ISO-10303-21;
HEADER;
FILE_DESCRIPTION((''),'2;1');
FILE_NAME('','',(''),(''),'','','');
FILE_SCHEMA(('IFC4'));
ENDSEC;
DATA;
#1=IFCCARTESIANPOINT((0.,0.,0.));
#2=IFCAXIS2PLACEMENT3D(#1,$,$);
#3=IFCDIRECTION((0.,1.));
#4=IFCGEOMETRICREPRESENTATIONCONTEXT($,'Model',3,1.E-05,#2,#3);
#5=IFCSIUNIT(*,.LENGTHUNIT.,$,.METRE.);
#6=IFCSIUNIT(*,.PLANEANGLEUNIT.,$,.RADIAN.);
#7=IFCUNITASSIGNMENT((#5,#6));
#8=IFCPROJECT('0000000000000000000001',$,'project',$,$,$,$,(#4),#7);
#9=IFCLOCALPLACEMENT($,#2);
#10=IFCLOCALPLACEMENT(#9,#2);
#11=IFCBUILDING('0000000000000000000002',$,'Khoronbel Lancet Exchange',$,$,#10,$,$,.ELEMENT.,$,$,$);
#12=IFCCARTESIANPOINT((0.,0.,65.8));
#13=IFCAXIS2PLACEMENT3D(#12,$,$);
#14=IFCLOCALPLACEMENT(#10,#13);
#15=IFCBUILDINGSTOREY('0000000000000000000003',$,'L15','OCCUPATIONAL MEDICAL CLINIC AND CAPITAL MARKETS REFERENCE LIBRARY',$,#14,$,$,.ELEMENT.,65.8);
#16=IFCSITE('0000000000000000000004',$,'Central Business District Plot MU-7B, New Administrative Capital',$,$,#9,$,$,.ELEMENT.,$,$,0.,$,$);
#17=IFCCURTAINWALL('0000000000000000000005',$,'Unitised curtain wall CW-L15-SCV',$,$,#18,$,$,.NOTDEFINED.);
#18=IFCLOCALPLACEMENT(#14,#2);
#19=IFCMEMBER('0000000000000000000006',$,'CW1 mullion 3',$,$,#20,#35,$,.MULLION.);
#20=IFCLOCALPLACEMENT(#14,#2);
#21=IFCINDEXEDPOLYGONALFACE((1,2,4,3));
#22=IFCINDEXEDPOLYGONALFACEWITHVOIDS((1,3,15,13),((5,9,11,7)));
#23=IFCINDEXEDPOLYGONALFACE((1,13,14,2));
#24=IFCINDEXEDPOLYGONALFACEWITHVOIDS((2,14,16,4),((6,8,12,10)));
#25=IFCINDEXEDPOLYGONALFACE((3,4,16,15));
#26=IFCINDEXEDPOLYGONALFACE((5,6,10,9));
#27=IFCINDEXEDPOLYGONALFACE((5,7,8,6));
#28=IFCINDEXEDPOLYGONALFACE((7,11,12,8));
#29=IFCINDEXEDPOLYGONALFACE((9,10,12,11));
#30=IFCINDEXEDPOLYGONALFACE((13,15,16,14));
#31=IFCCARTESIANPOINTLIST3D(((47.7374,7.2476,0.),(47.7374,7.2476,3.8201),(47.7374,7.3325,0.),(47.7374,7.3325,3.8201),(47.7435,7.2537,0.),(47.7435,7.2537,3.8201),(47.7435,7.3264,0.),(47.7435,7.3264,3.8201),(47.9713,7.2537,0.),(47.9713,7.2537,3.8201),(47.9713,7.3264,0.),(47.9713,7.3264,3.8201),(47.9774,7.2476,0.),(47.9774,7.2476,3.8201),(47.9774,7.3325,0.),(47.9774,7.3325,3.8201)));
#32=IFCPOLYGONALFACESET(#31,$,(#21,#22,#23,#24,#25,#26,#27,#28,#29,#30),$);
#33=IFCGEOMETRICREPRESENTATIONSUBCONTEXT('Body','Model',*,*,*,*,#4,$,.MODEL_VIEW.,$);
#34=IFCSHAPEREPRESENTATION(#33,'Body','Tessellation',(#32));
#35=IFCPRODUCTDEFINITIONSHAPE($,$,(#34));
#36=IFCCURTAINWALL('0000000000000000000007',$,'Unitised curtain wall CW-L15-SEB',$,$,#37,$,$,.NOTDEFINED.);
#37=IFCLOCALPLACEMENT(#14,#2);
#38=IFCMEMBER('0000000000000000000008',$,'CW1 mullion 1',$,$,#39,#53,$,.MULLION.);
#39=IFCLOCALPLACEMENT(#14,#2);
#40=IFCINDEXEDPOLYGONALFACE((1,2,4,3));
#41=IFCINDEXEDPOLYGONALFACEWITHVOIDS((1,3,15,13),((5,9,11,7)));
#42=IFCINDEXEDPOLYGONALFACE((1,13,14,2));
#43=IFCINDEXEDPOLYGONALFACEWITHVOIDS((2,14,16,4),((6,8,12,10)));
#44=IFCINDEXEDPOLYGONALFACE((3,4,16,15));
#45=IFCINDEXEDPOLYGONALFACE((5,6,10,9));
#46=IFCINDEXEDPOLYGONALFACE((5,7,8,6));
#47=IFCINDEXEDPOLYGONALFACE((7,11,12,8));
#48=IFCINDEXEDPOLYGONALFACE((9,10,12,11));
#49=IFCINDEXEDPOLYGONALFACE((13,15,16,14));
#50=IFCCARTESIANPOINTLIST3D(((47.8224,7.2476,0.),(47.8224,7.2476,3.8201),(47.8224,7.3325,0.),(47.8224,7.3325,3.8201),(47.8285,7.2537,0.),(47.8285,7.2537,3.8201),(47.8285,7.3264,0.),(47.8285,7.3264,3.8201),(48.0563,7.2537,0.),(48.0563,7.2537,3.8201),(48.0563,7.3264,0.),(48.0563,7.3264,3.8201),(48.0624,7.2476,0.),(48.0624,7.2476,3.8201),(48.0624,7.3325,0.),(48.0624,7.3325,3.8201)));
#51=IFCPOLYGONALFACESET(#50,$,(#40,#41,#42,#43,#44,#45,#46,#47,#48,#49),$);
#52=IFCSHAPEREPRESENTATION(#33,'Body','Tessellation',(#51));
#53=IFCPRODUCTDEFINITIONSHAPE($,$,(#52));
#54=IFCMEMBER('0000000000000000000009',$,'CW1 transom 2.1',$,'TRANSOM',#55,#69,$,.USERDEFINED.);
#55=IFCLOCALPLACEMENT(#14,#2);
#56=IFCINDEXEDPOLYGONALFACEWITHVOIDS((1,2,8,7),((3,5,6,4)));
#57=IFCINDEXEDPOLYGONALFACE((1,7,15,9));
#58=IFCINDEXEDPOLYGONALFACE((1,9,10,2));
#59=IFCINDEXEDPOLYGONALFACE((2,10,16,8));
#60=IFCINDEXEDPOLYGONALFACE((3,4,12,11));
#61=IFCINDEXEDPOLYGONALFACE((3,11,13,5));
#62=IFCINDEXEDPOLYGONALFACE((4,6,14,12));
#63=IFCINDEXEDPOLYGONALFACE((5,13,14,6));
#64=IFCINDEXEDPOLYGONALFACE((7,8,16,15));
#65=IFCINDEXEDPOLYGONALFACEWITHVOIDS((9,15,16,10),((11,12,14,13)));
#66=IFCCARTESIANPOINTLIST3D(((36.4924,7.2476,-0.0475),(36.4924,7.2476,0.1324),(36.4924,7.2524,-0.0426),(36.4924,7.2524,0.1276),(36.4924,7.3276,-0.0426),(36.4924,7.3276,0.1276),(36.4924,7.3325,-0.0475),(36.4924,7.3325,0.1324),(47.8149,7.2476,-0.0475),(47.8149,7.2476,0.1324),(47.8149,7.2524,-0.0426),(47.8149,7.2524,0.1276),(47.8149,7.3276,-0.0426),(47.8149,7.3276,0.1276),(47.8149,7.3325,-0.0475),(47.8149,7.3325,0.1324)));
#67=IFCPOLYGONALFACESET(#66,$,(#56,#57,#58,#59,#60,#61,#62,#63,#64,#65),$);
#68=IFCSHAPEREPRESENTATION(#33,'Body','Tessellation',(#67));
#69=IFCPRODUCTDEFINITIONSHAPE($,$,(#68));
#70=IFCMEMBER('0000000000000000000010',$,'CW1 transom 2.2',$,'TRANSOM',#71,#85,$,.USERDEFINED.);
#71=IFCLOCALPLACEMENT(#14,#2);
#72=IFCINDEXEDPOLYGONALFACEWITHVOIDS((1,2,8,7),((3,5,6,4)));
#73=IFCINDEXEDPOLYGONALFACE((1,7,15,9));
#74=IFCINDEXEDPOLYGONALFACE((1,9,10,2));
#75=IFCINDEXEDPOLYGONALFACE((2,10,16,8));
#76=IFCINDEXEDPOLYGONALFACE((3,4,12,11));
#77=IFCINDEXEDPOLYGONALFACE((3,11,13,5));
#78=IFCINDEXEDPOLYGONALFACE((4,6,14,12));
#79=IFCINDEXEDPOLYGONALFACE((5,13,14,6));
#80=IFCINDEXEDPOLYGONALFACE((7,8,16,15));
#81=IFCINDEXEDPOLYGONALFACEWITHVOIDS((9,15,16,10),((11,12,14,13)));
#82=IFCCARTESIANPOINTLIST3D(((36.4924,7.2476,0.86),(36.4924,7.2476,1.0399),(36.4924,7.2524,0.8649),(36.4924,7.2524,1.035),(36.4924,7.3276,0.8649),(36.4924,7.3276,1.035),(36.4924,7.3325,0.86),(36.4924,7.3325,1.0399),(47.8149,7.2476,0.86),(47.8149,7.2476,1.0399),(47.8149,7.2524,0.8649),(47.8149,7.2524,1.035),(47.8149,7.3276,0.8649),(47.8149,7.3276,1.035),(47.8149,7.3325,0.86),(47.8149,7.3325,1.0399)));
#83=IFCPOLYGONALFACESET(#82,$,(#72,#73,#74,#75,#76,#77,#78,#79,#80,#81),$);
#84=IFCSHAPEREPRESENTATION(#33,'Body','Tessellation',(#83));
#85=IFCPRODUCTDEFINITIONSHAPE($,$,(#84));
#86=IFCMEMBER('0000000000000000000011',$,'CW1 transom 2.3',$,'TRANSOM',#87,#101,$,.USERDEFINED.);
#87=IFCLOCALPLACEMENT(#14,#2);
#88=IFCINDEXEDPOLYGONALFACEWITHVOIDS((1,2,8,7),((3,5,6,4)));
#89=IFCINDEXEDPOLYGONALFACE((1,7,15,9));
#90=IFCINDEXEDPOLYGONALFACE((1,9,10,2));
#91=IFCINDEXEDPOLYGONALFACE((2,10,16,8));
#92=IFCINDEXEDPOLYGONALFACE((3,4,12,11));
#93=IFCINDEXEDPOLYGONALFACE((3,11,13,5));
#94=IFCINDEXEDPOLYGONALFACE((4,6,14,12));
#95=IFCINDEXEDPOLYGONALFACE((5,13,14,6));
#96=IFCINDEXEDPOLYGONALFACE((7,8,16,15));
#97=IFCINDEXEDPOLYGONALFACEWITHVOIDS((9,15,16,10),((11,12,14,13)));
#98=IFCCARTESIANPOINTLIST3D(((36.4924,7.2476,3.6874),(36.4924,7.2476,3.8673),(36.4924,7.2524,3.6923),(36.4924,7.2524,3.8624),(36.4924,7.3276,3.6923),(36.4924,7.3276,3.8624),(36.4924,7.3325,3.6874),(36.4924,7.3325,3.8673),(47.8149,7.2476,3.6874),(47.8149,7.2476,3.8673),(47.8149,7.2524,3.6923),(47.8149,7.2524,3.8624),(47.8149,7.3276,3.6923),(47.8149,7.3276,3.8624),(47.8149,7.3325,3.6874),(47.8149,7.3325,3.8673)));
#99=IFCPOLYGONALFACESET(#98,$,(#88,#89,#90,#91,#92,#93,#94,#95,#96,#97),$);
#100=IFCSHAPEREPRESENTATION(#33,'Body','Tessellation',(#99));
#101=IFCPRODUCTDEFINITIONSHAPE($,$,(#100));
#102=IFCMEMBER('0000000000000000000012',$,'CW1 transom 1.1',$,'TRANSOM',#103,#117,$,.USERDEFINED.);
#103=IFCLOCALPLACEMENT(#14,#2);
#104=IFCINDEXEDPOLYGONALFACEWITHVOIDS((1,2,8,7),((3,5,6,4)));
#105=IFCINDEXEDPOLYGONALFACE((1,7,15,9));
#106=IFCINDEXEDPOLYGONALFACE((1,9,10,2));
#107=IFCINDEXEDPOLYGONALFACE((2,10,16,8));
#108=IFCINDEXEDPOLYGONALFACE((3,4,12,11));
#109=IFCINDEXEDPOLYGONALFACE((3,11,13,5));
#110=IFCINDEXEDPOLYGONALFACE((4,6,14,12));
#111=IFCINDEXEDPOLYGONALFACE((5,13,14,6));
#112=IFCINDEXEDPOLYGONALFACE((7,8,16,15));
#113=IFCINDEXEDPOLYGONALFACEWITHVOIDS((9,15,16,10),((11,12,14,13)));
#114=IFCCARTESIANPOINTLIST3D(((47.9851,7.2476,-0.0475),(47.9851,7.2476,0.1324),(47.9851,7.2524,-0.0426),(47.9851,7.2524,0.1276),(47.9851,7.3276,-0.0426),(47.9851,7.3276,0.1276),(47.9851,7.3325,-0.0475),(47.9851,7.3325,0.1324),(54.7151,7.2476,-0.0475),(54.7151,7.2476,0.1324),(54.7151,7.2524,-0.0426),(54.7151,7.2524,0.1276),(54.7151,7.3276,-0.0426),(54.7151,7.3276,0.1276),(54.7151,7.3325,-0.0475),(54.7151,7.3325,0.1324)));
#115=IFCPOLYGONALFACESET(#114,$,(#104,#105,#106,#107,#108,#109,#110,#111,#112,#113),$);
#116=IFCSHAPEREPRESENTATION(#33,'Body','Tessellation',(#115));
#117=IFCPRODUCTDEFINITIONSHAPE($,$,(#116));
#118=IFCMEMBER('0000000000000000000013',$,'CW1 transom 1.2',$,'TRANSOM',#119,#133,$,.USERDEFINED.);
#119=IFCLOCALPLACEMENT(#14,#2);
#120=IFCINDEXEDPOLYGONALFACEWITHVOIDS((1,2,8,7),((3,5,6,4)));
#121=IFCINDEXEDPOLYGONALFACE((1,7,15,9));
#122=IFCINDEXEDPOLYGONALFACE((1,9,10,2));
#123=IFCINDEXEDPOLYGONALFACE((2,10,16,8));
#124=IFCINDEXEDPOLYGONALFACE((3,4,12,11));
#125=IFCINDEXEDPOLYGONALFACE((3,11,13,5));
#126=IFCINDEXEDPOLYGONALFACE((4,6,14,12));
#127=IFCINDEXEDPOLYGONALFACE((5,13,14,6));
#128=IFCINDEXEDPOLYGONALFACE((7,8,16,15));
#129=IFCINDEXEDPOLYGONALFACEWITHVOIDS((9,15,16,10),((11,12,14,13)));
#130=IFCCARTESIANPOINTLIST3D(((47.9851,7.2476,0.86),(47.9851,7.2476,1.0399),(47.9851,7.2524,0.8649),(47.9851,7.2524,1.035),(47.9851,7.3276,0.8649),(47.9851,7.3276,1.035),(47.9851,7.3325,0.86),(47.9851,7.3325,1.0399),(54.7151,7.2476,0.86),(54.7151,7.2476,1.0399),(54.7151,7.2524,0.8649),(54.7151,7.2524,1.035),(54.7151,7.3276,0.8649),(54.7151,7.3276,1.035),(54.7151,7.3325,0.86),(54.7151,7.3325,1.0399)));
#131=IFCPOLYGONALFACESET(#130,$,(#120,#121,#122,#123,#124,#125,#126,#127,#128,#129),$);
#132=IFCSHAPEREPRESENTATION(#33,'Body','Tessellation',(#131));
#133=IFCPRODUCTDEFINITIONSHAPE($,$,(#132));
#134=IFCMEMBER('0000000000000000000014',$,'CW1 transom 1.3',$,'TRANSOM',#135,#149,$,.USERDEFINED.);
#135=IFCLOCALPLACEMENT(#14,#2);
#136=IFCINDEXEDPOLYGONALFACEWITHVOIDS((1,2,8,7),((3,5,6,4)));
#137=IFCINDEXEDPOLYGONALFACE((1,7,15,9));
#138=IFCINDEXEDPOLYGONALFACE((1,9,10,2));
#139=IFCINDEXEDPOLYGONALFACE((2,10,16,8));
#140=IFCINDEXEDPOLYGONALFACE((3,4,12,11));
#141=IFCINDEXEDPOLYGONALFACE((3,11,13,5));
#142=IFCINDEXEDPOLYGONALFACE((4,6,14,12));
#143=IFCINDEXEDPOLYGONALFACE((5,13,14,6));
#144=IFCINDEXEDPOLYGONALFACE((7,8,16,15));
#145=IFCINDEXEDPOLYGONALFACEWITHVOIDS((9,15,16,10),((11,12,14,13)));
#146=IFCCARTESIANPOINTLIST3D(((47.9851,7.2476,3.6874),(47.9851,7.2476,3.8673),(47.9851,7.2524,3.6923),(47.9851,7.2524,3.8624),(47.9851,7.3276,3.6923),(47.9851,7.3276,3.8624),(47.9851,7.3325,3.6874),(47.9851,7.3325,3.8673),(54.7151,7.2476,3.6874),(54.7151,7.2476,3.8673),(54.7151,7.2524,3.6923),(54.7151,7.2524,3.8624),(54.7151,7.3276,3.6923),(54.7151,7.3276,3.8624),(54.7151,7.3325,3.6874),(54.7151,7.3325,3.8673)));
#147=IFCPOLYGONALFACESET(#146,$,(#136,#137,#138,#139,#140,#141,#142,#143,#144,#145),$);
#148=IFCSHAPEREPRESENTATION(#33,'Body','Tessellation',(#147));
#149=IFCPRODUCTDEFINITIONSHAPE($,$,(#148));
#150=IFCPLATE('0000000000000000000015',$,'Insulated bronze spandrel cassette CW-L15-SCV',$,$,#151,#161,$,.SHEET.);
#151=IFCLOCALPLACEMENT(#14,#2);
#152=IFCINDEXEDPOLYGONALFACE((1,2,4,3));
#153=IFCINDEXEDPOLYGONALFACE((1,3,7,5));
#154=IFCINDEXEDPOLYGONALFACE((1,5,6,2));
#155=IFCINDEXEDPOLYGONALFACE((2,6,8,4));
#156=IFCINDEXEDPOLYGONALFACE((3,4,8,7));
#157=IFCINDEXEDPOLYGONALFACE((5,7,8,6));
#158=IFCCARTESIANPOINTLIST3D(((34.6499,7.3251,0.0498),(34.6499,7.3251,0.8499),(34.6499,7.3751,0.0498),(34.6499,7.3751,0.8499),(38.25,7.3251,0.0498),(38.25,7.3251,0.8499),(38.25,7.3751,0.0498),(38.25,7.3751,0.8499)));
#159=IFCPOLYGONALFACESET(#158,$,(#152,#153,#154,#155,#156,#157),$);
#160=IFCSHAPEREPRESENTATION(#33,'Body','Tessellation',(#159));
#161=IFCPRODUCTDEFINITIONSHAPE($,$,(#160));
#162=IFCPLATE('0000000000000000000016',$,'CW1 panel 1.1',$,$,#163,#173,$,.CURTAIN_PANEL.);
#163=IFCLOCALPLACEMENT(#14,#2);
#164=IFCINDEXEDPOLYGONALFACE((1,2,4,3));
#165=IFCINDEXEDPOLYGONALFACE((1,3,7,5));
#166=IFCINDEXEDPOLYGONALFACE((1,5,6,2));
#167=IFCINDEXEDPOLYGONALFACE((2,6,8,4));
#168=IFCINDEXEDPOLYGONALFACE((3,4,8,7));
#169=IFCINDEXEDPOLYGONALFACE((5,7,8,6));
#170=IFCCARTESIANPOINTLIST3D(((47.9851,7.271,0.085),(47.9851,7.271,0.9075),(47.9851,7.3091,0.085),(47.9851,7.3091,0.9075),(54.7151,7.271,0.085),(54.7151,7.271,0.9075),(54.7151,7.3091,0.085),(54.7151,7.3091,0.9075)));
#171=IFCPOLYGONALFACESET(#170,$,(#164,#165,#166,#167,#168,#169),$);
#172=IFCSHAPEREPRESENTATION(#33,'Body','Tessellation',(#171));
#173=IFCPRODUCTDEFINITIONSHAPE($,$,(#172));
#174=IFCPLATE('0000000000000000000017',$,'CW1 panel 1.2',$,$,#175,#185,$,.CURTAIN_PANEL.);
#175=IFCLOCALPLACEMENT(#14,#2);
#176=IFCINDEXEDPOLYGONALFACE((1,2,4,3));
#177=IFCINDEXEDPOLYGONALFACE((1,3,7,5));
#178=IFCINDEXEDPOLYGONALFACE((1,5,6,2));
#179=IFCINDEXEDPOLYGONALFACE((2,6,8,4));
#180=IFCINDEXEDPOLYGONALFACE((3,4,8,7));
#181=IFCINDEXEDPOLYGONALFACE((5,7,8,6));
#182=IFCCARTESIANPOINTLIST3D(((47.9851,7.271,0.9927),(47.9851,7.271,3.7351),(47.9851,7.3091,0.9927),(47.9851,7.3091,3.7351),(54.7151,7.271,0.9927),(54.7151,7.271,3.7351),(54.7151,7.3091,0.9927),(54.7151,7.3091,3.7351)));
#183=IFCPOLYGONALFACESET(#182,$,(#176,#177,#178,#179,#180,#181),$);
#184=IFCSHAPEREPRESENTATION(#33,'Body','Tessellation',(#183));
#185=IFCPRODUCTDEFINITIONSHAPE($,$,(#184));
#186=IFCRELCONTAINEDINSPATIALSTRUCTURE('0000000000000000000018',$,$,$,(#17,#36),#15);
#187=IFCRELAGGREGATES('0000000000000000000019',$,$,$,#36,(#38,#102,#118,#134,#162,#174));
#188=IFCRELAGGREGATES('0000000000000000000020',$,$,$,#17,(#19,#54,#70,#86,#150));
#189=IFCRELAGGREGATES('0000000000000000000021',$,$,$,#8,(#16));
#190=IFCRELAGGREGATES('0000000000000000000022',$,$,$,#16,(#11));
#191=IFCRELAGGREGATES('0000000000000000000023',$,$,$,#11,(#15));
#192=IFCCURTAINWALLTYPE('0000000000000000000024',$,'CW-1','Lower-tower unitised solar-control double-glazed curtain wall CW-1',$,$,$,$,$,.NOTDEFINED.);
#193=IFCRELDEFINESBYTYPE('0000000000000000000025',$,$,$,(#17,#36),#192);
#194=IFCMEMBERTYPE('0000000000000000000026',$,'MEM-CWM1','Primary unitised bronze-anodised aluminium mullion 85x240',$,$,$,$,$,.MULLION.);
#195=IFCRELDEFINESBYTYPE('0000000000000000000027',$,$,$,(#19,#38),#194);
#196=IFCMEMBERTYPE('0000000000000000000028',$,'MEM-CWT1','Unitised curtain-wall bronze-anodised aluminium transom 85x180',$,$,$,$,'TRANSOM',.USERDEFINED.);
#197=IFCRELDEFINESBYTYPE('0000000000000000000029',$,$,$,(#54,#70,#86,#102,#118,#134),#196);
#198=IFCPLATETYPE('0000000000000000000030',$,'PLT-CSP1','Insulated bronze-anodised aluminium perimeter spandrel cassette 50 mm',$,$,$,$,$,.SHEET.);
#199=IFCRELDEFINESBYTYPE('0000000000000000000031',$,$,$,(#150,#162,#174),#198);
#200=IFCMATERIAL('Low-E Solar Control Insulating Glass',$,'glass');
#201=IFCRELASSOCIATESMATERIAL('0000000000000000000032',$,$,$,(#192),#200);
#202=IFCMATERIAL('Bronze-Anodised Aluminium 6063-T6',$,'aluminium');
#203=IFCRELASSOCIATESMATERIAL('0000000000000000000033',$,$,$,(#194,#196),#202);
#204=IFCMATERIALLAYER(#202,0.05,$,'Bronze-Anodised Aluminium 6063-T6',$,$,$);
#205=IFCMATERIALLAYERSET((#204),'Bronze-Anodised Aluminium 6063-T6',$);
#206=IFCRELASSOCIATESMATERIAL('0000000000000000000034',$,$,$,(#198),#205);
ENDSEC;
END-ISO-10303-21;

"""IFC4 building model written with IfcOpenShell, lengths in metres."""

from ifc_helpers import new_model, si_unit, direction, frame, origin, origin_2d, place, context, subcontext, project, spatial, rectangle, hollow_rectangle, extrude, material, layer, layer_set, material_profile, profile_set, type_object, element, aggregate, save


model = new_model("IFC4")

# Units and contexts
model_context = context("Model", 3, precision=1e-05, world=origin(), true_north=direction((0.0, 1.0)))
body_context = subcontext(model_context, "Body", "Model", "MODEL_VIEW")
ifc_project = project(units=[si_unit("LENGTHUNIT", "METRE"), si_unit("PLANEANGLEUNIT", "RADIAN")], contexts=[model_context])

# Site, building, storey
site_placement = place(None, origin())
site = spatial("IfcSite", under=ifc_project, at=site_placement, Name="Central Business District Plot MU-7B, New Administrative Capital", CompositionType="ELEMENT", RefElevation=0.0)
building_placement = place(site_placement, origin())
building = spatial("IfcBuilding", under=site, at=building_placement, Name="Khoronbel Lancet Exchange", CompositionType="ELEMENT")
storey_placement = place(building_placement, frame((0.0, 0.0, 65.8)))
storey = spatial("IfcBuildingStorey", under=building, at=storey_placement, Name="L15", Description="OCCUPATIONAL MEDICAL CLINIC AND CAPITAL MARKETS REFERENCE LIBRARY", CompositionType="ELEMENT", Elevation=65.8)

# Curtain wall, member
ifc_material_1 = material(Name="Low-E Solar Control Insulating Glass", Category="glass")
curtain_wall_type = type_object("IfcCurtainWallType", Name="CW-1", Description="Lower-tower unitised solar-control double-glazed curtain wall CW-1", PredefinedType="NOTDEFINED", material=ifc_material_1)
curtain_wall_1_placement = place(storey_placement, origin())
curtain_wall_1 = element("IfcCurtainWall", 1, at=curtain_wall_1_placement, inside=storey, type_object=curtain_wall_type, Name="Unitised curtain wall CW-L15-SCV", PredefinedType="NOTDEFINED")
ifc_material_2 = material(Name="Bronze-Anodised Aluminium 6063-T6", Category="aluminium")
ifc_material_profile_1 = material_profile(ifc_material_2, hollow_rectangle(XDim=0.085, YDim=0.24, WallThickness=0.0061, at=origin_2d()), Name="ALU MULLION 85x240")
ifc_profile_set_1 = profile_set([ifc_material_profile_1], Name="Bronze-Anodised Aluminium 6063-T6")
member_type_1 = type_object("IfcMemberType", Name="MEM-CWM1", Description="Primary unitised bronze-anodised aluminium mullion 85x240", PredefinedType="MULLION", material=ifc_profile_set_1)
member_1_placement = place(storey_placement, frame((47.8574, 7.29, 0.0), z_axis=(0.0, 0.0, 1.0), x_axis=(0.0, 1.0, 0.0)))
member_1 = element("IfcMember", 2, at=member_1_placement, type_object=member_type_1, Name="CW1 mullion 3", PredefinedType="MULLION", context=body_context, shape_type="SweptSolid", body=[
    extrude(hollow_rectangle(XDim=0.085, YDim=0.24, WallThickness=0.0061, at=origin_2d()), origin(), (0.0, 0.0, 1.0), 3.8201),
])

# Curtain wall, member
curtain_wall_2_placement = place(storey_placement, origin())
curtain_wall_2 = element("IfcCurtainWall", 3, at=curtain_wall_2_placement, inside=storey, type_object=curtain_wall_type, Name="Unitised curtain wall CW-L15-SEB", PredefinedType="NOTDEFINED")
member_2_placement = place(storey_placement, frame((47.9424, 7.29, 0.0), z_axis=(0.0, 0.0, 1.0), x_axis=(0.0, 1.0, 0.0)))
member_2 = element("IfcMember", 4, at=member_2_placement, type_object=member_type_1, Name="CW1 mullion 1", PredefinedType="MULLION", context=body_context, shape_type="SweptSolid", body=[
    extrude(hollow_rectangle(XDim=0.085, YDim=0.24, WallThickness=0.0061, at=origin_2d()), origin(), (0.0, 0.0, 1.0), 3.8201),
])

# Members
ifc_material_profile_2 = material_profile(ifc_material_2, hollow_rectangle(XDim=0.085, YDim=0.1799, WallThickness=0.0049, at=origin_2d()), Name="ALU TRANSOM 85x180")
ifc_profile_set_2 = profile_set([ifc_material_profile_2], Name="Bronze-Anodised Aluminium 6063-T6")
member_type_2 = type_object("IfcMemberType", Name="MEM-CWT1", Description="Unitised curtain-wall bronze-anodised aluminium transom 85x180", ElementType="TRANSOM", PredefinedType="USERDEFINED", material=ifc_profile_set_2)
member_3_placement = place(storey_placement, frame((36.4924, 7.29, 0.0425), z_axis=(1.0, 0.0, 0.0), x_axis=(0.0, 1.0, 0.0)))
member_3 = element("IfcMember", 5, at=member_3_placement, type_object=member_type_2, Name="CW1 transom 2.1", ObjectType="TRANSOM", PredefinedType="USERDEFINED", context=body_context, shape_type="SweptSolid", body=[
    extrude(hollow_rectangle(XDim=0.085, YDim=0.1799, WallThickness=0.0049, at=origin_2d()), origin(), (0.0, 0.0, 1.0), 11.3225),
])
member_4_placement = place(storey_placement, frame((36.4924, 7.29, 0.95), z_axis=(1.0, 0.0, 0.0), x_axis=(0.0, 1.0, 0.0)))
member_4 = element("IfcMember", 6, at=member_4_placement, type_object=member_type_2, Name="CW1 transom 2.2", ObjectType="TRANSOM", PredefinedType="USERDEFINED", context=body_context, shape_type="SweptSolid", body=[
    extrude(hollow_rectangle(XDim=0.085, YDim=0.1799, WallThickness=0.0049, at=origin_2d()), origin(), (0.0, 0.0, 1.0), 11.3225),
])
member_5_placement = place(storey_placement, frame((36.4924, 7.29, 3.7773), z_axis=(1.0, 0.0, 0.0), x_axis=(0.0, 1.0, 0.0)))
member_5 = element("IfcMember", 7, at=member_5_placement, type_object=member_type_2, Name="CW1 transom 2.3", ObjectType="TRANSOM", PredefinedType="USERDEFINED", context=body_context, shape_type="SweptSolid", body=[
    extrude(hollow_rectangle(XDim=0.085, YDim=0.1799, WallThickness=0.0049, at=origin_2d()), origin(), (0.0, 0.0, 1.0), 11.3225),
])
member_6_placement = place(storey_placement, frame((47.9851, 7.29, 0.0425), z_axis=(1.0, 0.0, 0.0), x_axis=(0.0, 1.0, 0.0)))
member_6 = element("IfcMember", 8, at=member_6_placement, type_object=member_type_2, Name="CW1 transom 1.1", ObjectType="TRANSOM", PredefinedType="USERDEFINED", context=body_context, shape_type="SweptSolid", body=[
    extrude(hollow_rectangle(XDim=0.085, YDim=0.1799, WallThickness=0.0049, at=origin_2d()), origin(), (0.0, 0.0, 1.0), 6.73),
])
member_7_placement = place(storey_placement, frame((47.9851, 7.29, 0.95), z_axis=(1.0, 0.0, 0.0), x_axis=(0.0, 1.0, 0.0)))
member_7 = element("IfcMember", 9, at=member_7_placement, type_object=member_type_2, Name="CW1 transom 1.2", ObjectType="TRANSOM", PredefinedType="USERDEFINED", context=body_context, shape_type="SweptSolid", body=[
    extrude(hollow_rectangle(XDim=0.085, YDim=0.1799, WallThickness=0.0049, at=origin_2d()), origin(), (0.0, 0.0, 1.0), 6.73),
])
member_8_placement = place(storey_placement, frame((47.9851, 7.29, 3.7773), z_axis=(1.0, 0.0, 0.0), x_axis=(0.0, 1.0, 0.0)))
member_8 = element("IfcMember", 10, at=member_8_placement, type_object=member_type_2, Name="CW1 transom 1.3", ObjectType="TRANSOM", PredefinedType="USERDEFINED", context=body_context, shape_type="SweptSolid", body=[
    extrude(hollow_rectangle(XDim=0.085, YDim=0.1799, WallThickness=0.0049, at=origin_2d()), origin(), (0.0, 0.0, 1.0), 6.73),
])

# Plates
ifc_layer_1 = layer(ifc_material_2, 0.05, Name="Bronze-Anodised Aluminium 6063-T6")
ifc_layer_set_1 = layer_set([ifc_layer_1], Name="Bronze-Anodised Aluminium 6063-T6")
plate_type_1 = type_object("IfcPlateType", Name="PLT-CSP1", Description="Insulated bronze-anodised aluminium perimeter spandrel cassette 50 mm", PredefinedType="SHEET", material=ifc_layer_set_1)
plate_1_placement = place(storey_placement, frame((36.45, 7.3501, 0.0498), z_axis=(0.0, 0.0, 1.0), x_axis=(1.0, 0.0, 0.0)))
plate_1 = element("IfcPlate", 11, at=plate_1_placement, type_object=plate_type_1, Name="Insulated bronze spandrel cassette CW-L15-SCV", PredefinedType="SHEET", context=body_context, shape_type="SweptSolid", body=[
    extrude(rectangle(XDim=3.6001, YDim=0.05, at=origin_2d()), origin(), (0.0, 0.0, 1.0), 0.8),
])
plate_2_placement = place(storey_placement, frame((51.3501, 7.29, 0.085), z_axis=(0.0, 0.0, 1.0), x_axis=(1.0, 0.0, 0.0)))
plate_2 = element("IfcPlate", 12, at=plate_2_placement, type_object=plate_type_1, Name="CW1 panel 1.1", PredefinedType="CURTAIN_PANEL", context=body_context, shape_type="SweptSolid", body=[
    extrude(rectangle(XDim=6.73, YDim=0.0381, at=origin_2d()), origin(), (0.0, 0.0, 1.0), 0.8225),
])
plate_3_placement = place(storey_placement, frame((51.3501, 7.29, 0.9927), z_axis=(0.0, 0.0, 1.0), x_axis=(1.0, 0.0, 0.0)))
plate_3 = element("IfcPlate", 13, at=plate_3_placement, type_object=plate_type_1, Name="CW1 panel 1.2", PredefinedType="CURTAIN_PANEL", context=body_context, shape_type="SweptSolid", body=[
    extrude(rectangle(XDim=6.73, YDim=0.0381, at=origin_2d()), origin(), (0.0, 0.0, 1.0), 2.7424),
])
aggregate(curtain_wall_2, [member_2, member_6, member_7, member_8, plate_2, plate_3])
aggregate(curtain_wall_1, [member_1, member_3, member_4, member_5, plate_1])

save(model, "model.ifc")
